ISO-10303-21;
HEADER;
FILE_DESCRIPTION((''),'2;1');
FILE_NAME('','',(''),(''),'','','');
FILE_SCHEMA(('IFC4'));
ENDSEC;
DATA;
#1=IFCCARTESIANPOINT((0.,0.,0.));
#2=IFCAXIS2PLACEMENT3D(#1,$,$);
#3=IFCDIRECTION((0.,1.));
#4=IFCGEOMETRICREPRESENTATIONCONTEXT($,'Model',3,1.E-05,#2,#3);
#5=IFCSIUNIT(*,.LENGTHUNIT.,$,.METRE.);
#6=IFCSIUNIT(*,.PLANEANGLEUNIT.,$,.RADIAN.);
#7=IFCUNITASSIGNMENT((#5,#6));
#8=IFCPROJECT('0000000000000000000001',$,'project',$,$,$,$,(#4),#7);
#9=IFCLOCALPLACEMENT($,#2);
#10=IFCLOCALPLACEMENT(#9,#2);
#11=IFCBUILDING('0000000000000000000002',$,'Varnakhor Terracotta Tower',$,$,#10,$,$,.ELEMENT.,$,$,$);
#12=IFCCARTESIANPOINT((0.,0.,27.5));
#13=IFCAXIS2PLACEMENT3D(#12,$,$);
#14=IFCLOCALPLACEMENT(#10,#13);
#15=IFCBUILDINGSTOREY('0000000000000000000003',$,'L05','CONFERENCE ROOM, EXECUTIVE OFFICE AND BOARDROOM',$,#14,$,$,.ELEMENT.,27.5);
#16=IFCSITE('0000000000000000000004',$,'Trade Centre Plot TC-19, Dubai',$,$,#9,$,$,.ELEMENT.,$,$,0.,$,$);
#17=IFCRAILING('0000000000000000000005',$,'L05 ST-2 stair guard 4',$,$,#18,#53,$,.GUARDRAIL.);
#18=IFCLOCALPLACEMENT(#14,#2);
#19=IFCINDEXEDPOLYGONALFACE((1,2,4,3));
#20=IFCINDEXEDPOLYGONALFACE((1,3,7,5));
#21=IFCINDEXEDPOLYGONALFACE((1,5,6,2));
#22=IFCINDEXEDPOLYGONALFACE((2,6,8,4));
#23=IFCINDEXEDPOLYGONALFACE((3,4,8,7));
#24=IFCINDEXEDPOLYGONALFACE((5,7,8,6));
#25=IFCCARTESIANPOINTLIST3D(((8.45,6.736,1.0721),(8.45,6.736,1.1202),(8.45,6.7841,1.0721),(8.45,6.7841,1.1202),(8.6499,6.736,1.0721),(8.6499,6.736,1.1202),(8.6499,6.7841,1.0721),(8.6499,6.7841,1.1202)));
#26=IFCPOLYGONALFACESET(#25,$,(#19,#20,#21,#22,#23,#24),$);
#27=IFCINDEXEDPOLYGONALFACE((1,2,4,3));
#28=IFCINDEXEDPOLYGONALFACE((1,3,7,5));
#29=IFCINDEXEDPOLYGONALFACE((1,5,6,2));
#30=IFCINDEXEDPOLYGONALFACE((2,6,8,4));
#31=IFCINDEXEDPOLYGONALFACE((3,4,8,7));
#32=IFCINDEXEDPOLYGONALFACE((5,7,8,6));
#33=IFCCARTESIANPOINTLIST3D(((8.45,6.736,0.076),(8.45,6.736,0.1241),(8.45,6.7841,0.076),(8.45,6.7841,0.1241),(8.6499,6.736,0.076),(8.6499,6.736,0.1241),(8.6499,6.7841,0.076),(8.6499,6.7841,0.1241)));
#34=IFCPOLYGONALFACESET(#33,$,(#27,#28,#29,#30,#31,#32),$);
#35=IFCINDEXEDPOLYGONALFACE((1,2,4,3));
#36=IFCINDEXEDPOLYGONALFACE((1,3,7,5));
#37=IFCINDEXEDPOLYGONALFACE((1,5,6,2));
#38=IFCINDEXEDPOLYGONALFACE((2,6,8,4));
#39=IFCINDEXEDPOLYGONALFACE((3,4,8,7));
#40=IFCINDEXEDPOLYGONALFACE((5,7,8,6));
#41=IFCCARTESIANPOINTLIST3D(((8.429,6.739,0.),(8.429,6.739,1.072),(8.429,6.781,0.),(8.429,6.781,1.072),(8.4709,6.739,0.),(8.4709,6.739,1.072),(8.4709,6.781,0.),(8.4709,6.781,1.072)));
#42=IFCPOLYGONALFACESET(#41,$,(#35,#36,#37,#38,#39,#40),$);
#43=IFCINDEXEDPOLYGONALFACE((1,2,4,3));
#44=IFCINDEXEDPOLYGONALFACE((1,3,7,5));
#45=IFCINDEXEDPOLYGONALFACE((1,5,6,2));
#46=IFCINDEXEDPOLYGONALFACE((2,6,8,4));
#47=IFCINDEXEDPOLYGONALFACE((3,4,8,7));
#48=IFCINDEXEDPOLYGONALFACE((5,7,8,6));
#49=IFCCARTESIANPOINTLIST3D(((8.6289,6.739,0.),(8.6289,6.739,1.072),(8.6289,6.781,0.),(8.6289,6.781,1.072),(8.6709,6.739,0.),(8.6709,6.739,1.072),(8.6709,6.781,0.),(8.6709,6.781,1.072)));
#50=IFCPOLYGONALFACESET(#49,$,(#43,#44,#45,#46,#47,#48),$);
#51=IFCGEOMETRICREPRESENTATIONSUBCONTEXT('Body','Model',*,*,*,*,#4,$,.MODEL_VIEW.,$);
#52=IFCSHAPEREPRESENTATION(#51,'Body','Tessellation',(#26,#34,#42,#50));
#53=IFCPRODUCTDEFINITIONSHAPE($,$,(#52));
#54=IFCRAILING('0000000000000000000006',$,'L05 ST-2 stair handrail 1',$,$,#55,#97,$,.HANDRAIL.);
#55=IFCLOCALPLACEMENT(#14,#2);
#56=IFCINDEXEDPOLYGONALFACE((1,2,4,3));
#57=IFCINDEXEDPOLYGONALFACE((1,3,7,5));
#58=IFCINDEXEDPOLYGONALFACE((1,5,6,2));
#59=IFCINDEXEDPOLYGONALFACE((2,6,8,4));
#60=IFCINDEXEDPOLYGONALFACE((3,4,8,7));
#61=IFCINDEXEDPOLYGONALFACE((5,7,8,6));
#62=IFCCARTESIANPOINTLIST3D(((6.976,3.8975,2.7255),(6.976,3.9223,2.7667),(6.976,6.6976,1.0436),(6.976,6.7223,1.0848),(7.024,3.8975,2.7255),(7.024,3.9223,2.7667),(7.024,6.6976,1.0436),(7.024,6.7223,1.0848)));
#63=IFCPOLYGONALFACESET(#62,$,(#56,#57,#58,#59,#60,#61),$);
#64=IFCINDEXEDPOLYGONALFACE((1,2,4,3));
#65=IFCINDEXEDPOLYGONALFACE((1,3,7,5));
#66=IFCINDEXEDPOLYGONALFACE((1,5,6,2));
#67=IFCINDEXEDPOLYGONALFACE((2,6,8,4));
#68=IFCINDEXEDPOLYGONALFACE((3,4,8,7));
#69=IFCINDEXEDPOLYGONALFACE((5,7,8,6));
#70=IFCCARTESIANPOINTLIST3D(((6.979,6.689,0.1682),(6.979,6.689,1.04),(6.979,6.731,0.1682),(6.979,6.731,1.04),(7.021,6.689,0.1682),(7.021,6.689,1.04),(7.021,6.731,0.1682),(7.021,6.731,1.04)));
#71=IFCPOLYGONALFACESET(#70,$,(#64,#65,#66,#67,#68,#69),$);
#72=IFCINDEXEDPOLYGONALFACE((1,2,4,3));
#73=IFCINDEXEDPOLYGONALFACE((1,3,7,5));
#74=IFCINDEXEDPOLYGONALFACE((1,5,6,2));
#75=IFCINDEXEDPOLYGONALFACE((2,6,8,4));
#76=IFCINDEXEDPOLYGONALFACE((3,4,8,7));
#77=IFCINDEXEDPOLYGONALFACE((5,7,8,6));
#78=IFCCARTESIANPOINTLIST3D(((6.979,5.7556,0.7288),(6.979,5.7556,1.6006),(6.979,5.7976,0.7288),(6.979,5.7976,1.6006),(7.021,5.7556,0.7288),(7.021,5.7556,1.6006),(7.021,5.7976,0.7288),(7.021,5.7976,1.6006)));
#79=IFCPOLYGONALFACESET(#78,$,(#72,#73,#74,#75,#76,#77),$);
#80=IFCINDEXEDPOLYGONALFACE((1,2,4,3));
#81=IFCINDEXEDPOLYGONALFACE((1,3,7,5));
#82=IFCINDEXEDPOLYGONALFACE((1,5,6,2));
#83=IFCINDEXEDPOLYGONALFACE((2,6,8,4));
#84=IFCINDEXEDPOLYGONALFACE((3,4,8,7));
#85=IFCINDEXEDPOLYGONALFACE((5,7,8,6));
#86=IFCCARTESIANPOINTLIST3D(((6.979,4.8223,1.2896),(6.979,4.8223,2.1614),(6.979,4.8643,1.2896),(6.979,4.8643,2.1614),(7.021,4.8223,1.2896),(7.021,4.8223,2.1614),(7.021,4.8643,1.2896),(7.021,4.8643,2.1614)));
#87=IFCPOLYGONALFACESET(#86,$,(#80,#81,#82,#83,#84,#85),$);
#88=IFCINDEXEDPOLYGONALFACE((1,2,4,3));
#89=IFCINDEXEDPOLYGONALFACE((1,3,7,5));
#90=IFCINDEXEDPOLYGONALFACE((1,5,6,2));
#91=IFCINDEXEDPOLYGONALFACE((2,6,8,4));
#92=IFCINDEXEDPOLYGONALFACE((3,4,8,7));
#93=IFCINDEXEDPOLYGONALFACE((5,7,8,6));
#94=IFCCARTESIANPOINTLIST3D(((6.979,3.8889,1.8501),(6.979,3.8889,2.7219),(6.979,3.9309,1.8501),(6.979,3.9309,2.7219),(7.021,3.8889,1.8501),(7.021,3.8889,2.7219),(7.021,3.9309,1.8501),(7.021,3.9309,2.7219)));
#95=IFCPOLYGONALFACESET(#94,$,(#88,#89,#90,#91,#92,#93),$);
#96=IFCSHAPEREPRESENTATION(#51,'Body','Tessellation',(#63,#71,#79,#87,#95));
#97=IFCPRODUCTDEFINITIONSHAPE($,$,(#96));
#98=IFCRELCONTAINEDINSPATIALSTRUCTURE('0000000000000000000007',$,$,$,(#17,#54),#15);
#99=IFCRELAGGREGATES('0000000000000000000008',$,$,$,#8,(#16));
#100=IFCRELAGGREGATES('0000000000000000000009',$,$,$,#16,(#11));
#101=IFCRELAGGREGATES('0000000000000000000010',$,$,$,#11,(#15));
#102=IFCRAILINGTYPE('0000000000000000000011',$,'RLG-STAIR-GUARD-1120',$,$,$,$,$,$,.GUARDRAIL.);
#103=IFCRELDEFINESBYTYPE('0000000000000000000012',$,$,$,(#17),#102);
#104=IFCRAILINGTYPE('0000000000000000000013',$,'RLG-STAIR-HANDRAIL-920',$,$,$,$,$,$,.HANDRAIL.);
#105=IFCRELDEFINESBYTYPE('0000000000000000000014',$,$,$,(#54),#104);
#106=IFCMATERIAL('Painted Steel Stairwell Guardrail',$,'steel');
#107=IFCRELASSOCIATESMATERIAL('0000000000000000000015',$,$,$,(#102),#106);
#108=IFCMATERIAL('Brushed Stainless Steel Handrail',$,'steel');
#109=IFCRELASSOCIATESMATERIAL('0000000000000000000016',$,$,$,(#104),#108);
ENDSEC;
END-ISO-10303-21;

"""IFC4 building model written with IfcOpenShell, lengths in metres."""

from ifc_helpers import new_model, si_unit, direction, frame, origin, origin_2d, place, context, subcontext, project, spatial, rectangle, extrude, material, type_object, element, save


model = new_model("IFC4")

# Units and contexts
model_context = context("Model", 3, precision=1e-05, world=origin(), true_north=direction((0.0, 1.0)))
body_context = subcontext(model_context, "Body", "Model", "MODEL_VIEW")
ifc_project = project(units=[si_unit("LENGTHUNIT", "METRE"), si_unit("PLANEANGLEUNIT", "RADIAN")], contexts=[model_context])

# Site, building, storey
site_placement = place(None, origin())
site = spatial("IfcSite", under=ifc_project, at=site_placement, Name="Trade Centre Plot TC-19, Dubai", CompositionType="ELEMENT", RefElevation=0.0)
building_placement = place(site_placement, origin())
building = spatial("IfcBuilding", under=site, at=building_placement, Name="Varnakhor Terracotta Tower", CompositionType="ELEMENT")
storey_placement = place(building_placement, frame((0.0, 0.0, 27.5)))
storey = spatial("IfcBuildingStorey", under=building, at=storey_placement, Name="L05", Description="CONFERENCE ROOM, EXECUTIVE OFFICE AND BOARDROOM", CompositionType="ELEMENT", Elevation=27.5)

# Railings
ifc_material_1 = material(Name="Painted Steel Stairwell Guardrail", Category="steel")
railing_type_1 = type_object("IfcRailingType", Name="RLG-STAIR-GUARD-1120", PredefinedType="GUARDRAIL", material=ifc_material_1)
railing_1_placement = place(storey_placement, frame((8.45, 6.76, 0.0)))
element("IfcRailing", 1, at=railing_1_placement, inside=storey, type_object=railing_type_1, Name="L05 ST-2 stair guard 4", PredefinedType="GUARDRAIL", context=body_context, shape_type="SweptSolid", body=[
    extrude(rectangle(XDim=0.0481, YDim=0.0481, at=origin_2d()), frame((0.0, 0.0, 1.0962), z_axis=(1.0, 0.0, 0.0), x_axis=(0.0, 1.0, 0.0)), (0.0, 0.0, 1.0), 0.2),
    extrude(rectangle(XDim=0.0481, YDim=0.0481, at=origin_2d()), frame((0.0, 0.0, 0.1001), z_axis=(1.0, 0.0, 0.0), x_axis=(0.0, 1.0, 0.0)), (0.0, 0.0, 1.0), 0.2),
    extrude(rectangle(XDim=0.042, YDim=0.042, at=origin_2d()), origin(), (0.0, 0.0, 1.0), 1.072),
    extrude(rectangle(XDim=0.042, YDim=0.042, at=origin_2d()), frame((0.2, 0.0, 0.0)), (0.0, 0.0, 1.0), 1.072),
])
ifc_material_2 = material(Name="Brushed Stainless Steel Handrail", Category="steel")
railing_type_2 = type_object("IfcRailingType", Name="RLG-STAIR-HANDRAIL-920", PredefinedType="HANDRAIL", material=ifc_material_2)
railing_2_placement = place(storey_placement, frame((7.0, 6.71, 0.1682)))
element("IfcRailing", 2, at=railing_2_placement, inside=storey, type_object=railing_type_2, Name="L05 ST-2 stair handrail 1", PredefinedType="HANDRAIL", context=body_context, shape_type="SweptSolid", body=[
    extrude(rectangle(XDim=0.0481, YDim=0.0481, at=origin_2d()), frame((0.0, 0.0, 0.896), z_axis=(0.0, -0.857242, 0.514913), x_axis=(1.0, 0.0, 0.0)), (0.0, 0.0, 1.0), 3.2664),
    extrude(rectangle(XDim=0.042, YDim=0.042, at=origin_2d()), origin(), (0.0, 0.0, 1.0), 0.8718),
    extrude(rectangle(XDim=0.042, YDim=0.042, at=origin_2d()), frame((0.0, -0.9333, 0.5605)), (0.0, 0.0, 1.0), 0.8718),
    extrude(rectangle(XDim=0.042, YDim=0.042, at=origin_2d()), frame((0.0, -1.8667, 1.1213)), (0.0, 0.0, 1.0), 0.8718),
    extrude(rectangle(XDim=0.042, YDim=0.042, at=origin_2d()), frame((0.0, -2.8, 1.6819)), (0.0, 0.0, 1.0), 0.8718),
])

save(model, "model.ifc")
